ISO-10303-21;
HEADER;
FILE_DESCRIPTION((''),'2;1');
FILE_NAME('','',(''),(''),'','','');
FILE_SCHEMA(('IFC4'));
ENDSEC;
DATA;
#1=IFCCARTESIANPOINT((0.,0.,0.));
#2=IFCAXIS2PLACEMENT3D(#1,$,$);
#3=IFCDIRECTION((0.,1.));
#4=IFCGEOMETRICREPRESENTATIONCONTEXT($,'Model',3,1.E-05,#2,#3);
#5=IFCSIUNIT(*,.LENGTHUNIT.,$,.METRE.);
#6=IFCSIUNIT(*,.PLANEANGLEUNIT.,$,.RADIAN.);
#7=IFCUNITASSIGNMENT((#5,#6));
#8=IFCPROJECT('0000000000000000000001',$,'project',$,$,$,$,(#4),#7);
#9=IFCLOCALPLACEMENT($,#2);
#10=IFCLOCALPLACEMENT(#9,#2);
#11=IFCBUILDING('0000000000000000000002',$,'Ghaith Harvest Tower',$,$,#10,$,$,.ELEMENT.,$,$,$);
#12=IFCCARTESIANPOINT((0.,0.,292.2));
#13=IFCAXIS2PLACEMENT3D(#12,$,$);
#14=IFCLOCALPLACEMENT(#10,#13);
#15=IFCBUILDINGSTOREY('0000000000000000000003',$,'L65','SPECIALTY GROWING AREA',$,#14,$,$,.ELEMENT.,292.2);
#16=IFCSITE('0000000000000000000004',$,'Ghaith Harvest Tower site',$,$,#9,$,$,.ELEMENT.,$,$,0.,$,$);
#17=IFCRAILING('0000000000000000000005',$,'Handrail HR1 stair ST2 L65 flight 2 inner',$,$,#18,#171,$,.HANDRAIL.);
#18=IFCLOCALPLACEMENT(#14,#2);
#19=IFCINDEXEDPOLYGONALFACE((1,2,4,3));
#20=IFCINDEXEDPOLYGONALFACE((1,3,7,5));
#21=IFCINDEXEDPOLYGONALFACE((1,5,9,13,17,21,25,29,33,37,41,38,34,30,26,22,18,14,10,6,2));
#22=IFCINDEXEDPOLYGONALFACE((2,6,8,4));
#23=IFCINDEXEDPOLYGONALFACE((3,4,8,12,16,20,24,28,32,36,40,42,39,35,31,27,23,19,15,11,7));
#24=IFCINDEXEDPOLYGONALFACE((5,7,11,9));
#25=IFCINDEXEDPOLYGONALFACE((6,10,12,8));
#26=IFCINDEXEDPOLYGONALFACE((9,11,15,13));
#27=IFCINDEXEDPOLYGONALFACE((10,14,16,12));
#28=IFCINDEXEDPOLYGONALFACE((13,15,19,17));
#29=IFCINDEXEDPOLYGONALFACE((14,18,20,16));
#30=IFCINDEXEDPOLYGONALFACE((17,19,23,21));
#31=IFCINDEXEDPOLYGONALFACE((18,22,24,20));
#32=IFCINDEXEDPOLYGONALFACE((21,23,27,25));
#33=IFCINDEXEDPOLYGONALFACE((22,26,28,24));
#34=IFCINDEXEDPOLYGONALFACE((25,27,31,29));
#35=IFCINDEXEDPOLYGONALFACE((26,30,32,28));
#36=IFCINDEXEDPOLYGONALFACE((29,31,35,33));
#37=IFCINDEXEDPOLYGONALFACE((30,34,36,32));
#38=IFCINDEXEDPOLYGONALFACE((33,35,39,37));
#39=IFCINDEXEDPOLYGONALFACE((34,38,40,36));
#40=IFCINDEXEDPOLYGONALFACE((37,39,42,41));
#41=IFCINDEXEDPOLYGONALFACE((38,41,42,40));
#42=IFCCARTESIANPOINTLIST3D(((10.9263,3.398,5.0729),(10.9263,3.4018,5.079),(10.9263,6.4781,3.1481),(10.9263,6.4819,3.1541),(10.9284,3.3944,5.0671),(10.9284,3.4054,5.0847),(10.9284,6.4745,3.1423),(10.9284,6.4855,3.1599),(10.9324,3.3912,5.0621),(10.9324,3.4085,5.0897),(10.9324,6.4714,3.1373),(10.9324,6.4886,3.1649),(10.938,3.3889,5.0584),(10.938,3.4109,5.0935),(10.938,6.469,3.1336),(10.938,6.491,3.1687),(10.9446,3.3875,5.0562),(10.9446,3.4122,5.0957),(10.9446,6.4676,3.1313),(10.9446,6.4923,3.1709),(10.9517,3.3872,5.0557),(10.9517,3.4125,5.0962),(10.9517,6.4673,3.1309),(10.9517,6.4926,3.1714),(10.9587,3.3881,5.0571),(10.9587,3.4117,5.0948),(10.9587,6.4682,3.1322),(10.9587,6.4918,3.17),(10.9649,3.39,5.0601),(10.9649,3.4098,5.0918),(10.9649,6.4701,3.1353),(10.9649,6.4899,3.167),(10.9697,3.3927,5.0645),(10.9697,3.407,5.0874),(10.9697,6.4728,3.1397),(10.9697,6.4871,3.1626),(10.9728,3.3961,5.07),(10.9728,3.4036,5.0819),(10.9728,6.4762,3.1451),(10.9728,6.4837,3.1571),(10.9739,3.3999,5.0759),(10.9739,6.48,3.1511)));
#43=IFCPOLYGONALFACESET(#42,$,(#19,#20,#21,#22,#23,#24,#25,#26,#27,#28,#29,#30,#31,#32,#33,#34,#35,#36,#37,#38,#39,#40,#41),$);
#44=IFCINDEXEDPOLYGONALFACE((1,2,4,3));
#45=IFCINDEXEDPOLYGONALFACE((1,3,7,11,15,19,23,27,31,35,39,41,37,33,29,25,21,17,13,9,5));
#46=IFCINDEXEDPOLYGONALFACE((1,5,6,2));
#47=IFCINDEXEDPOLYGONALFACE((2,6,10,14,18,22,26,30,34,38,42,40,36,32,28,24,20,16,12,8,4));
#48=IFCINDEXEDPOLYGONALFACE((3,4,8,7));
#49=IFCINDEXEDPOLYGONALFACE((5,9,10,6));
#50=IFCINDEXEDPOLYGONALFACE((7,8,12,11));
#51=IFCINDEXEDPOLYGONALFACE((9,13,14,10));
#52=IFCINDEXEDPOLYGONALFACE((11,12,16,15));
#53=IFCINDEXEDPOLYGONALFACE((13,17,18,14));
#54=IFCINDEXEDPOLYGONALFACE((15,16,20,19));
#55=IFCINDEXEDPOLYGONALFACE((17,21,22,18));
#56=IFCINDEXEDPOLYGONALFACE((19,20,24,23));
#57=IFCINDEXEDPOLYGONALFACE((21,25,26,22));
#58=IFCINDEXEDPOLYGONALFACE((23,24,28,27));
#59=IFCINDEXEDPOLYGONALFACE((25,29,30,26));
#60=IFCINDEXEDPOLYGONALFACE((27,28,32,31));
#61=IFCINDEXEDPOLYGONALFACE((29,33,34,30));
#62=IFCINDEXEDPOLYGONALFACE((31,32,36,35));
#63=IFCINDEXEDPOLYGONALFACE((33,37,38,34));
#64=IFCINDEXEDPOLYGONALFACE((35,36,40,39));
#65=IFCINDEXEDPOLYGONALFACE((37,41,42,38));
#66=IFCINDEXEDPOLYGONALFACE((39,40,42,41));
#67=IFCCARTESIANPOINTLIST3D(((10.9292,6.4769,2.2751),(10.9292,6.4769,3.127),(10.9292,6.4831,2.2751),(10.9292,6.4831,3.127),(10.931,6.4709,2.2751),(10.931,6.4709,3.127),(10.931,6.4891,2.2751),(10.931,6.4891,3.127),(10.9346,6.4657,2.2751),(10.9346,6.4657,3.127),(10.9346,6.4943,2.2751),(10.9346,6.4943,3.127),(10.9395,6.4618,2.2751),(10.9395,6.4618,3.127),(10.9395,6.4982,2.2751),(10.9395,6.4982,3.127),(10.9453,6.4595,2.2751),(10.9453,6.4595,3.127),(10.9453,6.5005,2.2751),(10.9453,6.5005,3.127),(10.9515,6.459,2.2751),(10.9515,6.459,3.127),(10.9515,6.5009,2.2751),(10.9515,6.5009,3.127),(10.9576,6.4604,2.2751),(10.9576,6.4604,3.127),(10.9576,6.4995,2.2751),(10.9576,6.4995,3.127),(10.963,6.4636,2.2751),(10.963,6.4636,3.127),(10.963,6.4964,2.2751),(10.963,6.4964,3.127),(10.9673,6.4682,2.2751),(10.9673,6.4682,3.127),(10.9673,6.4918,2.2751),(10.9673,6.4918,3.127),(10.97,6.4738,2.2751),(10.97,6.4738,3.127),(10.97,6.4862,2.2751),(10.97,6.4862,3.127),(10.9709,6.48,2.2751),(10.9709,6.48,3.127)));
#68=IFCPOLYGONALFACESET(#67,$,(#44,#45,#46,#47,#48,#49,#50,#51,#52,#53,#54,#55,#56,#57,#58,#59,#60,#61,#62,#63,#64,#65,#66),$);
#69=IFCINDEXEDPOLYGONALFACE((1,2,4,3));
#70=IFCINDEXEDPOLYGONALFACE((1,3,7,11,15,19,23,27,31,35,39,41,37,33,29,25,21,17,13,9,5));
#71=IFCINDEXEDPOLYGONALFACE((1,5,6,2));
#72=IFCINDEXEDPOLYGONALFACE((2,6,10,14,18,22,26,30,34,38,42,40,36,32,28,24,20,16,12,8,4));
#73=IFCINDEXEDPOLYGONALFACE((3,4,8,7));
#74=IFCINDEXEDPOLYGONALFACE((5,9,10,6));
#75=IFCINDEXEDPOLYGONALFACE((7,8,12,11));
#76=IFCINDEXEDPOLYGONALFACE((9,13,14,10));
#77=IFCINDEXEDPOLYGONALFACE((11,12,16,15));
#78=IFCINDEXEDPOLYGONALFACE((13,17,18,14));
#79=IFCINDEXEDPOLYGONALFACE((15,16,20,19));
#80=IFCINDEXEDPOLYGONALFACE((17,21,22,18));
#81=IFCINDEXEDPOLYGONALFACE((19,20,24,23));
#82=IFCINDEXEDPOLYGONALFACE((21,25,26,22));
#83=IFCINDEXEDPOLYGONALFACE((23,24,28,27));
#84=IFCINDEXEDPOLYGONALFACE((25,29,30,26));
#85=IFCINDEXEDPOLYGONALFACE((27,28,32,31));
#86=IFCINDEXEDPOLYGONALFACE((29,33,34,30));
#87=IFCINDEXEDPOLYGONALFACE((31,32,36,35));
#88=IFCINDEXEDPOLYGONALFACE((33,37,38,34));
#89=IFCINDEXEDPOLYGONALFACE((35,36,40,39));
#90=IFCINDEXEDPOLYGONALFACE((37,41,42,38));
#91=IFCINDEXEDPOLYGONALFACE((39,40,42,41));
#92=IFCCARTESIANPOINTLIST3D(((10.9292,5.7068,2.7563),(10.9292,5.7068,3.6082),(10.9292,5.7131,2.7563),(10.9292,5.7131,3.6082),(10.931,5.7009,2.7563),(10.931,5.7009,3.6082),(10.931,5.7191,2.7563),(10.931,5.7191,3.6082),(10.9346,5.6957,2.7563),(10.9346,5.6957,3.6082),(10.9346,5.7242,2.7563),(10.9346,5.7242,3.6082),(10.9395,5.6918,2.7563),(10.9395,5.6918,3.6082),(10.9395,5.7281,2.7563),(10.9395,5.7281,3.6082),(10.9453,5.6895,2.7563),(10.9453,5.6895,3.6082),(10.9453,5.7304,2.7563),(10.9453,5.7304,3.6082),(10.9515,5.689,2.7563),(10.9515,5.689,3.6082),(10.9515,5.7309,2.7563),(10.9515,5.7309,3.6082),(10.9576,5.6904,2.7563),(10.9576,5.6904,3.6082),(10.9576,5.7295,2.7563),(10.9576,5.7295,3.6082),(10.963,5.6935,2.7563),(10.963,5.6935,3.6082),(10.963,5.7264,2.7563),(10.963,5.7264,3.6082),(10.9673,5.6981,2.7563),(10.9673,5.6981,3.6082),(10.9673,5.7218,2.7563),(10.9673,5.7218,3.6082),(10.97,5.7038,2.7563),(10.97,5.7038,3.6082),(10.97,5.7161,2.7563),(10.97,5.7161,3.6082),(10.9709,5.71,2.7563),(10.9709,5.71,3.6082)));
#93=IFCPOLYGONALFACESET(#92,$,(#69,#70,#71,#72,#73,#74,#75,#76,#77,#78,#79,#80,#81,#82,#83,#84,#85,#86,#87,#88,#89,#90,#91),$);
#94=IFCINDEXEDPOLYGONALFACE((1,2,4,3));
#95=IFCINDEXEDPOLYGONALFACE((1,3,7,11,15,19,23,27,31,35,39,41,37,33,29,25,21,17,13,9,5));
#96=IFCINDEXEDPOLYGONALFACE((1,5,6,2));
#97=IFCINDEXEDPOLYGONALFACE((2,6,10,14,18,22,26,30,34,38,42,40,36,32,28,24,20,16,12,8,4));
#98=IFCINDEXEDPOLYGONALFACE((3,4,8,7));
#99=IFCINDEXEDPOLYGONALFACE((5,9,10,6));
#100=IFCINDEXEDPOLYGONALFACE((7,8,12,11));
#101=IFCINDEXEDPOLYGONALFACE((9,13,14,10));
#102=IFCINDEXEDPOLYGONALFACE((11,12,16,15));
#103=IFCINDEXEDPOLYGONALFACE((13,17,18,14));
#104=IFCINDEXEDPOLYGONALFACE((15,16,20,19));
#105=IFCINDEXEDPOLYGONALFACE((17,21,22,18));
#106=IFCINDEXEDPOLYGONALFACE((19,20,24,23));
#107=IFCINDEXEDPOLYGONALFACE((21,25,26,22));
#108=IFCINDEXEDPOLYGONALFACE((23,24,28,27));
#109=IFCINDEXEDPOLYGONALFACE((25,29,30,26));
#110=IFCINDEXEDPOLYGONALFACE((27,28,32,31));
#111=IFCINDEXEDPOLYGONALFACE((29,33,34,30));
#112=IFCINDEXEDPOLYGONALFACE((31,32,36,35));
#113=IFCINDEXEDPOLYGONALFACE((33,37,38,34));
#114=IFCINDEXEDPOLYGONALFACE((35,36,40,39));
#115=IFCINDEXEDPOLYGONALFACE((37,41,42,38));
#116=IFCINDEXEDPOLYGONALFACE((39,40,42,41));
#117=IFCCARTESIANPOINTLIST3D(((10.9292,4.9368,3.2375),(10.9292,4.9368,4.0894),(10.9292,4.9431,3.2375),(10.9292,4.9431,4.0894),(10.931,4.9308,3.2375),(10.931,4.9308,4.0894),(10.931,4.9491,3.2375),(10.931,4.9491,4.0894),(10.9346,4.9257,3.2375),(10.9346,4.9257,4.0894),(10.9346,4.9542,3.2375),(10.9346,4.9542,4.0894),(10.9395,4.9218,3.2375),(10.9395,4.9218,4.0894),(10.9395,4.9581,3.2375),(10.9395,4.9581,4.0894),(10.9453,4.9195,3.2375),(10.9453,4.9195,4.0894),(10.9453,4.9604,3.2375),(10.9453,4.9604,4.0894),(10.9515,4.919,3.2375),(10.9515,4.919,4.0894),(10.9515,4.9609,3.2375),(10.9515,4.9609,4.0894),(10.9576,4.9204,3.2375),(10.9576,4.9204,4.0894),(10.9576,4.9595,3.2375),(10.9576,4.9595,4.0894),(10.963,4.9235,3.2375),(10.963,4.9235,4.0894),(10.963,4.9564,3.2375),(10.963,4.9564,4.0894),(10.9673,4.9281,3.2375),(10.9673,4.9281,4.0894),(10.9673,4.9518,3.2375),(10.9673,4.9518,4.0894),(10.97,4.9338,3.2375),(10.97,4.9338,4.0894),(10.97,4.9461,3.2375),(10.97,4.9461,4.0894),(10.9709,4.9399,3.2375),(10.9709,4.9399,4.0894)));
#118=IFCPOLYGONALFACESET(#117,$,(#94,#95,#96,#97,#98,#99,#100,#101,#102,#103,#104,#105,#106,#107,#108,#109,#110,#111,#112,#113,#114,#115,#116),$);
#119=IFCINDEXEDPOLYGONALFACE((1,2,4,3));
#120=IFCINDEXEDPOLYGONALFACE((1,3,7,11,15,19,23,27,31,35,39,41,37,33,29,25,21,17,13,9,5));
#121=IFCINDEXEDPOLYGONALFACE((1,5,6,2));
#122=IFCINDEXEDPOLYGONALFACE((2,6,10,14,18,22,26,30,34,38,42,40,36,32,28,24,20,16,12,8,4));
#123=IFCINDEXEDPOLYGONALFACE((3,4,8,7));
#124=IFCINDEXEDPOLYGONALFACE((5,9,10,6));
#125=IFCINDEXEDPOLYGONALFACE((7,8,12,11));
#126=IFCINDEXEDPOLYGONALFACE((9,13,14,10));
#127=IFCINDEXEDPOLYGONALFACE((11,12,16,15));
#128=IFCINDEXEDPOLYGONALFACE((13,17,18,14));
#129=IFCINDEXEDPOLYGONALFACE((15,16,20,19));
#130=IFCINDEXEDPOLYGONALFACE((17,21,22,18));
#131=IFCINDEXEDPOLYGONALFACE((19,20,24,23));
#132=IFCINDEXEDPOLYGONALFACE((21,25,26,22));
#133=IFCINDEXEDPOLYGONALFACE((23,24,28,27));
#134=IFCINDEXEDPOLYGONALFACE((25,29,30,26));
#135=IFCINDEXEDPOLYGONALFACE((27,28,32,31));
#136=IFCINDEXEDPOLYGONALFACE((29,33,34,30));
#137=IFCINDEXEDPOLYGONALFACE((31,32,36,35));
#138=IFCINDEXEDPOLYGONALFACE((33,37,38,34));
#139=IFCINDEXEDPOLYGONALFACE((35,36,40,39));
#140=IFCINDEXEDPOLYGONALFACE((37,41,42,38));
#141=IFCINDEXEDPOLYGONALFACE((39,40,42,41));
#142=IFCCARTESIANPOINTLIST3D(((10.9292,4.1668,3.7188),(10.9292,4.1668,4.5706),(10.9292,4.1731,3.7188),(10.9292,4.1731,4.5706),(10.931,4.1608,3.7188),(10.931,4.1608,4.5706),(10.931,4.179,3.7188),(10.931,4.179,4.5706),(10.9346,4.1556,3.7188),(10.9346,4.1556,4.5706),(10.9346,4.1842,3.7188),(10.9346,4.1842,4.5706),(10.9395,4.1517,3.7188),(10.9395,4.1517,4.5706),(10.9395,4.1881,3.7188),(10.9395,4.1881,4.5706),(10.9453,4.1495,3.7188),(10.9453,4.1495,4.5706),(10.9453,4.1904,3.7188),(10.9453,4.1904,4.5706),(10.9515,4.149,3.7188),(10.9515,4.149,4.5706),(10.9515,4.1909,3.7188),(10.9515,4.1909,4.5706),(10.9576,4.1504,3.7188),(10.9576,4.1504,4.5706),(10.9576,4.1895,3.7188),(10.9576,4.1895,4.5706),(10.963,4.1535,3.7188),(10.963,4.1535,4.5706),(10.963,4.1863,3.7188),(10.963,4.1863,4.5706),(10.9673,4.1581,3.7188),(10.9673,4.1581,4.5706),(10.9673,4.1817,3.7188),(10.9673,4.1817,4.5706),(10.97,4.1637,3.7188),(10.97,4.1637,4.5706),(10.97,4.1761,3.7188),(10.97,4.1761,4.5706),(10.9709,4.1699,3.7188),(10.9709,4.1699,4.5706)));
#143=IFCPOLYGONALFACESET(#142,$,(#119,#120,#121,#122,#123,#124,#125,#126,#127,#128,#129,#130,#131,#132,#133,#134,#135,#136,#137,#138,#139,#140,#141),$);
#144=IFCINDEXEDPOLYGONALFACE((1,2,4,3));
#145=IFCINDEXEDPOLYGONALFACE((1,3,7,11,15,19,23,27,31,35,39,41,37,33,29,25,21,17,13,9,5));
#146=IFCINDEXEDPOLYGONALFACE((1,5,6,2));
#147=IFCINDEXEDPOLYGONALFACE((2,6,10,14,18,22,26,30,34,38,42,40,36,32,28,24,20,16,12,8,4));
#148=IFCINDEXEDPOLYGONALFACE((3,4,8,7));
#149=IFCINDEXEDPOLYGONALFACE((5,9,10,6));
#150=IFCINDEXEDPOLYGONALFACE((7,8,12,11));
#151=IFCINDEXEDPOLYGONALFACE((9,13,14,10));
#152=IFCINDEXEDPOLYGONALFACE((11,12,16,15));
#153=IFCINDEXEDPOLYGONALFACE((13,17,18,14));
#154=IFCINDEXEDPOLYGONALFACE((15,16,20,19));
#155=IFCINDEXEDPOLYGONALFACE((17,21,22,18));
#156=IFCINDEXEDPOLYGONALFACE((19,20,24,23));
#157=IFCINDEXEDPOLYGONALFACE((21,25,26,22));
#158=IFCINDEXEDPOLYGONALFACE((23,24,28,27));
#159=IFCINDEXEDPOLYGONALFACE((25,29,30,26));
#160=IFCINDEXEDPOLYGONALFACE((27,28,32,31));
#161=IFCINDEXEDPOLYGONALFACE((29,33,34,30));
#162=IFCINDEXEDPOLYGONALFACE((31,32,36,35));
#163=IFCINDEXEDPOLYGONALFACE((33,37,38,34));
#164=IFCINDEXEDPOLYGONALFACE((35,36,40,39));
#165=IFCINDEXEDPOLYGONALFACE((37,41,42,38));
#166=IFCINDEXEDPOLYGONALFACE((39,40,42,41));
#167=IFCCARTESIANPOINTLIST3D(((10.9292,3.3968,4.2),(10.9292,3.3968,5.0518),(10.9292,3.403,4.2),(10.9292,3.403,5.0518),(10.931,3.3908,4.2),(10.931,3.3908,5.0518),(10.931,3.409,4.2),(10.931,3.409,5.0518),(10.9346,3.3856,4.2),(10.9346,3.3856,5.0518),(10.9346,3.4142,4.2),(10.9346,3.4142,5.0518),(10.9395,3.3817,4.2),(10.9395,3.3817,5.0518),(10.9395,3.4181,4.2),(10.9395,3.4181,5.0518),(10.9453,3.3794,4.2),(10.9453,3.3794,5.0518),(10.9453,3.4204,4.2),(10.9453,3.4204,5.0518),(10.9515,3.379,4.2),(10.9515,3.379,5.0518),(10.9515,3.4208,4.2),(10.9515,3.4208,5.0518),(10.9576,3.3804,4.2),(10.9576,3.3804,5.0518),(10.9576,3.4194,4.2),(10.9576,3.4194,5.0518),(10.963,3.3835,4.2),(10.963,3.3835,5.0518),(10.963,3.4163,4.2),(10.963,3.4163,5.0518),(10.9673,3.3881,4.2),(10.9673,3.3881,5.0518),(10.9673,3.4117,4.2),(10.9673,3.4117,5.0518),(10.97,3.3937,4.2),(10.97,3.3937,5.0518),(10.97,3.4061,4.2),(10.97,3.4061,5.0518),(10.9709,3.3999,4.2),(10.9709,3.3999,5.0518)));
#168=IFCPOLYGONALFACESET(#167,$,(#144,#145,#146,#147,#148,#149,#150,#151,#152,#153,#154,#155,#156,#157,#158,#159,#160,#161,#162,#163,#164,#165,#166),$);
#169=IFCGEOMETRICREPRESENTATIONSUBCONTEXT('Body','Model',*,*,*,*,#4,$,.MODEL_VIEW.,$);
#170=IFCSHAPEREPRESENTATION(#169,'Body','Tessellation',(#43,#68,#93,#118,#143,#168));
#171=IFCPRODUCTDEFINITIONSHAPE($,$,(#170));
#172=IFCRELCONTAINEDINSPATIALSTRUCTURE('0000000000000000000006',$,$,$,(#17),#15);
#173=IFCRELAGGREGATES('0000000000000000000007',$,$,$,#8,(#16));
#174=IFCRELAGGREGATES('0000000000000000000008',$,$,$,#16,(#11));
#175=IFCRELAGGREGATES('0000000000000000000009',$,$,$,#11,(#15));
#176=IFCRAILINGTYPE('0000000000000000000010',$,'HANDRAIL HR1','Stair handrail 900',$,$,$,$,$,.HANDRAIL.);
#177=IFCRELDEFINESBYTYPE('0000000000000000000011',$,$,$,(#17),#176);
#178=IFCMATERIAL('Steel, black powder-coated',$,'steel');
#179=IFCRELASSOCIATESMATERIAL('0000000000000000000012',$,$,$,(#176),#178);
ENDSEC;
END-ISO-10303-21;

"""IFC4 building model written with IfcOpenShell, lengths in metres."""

from ifc_helpers import new_model, si_unit, direction, frame, origin, origin_2d, place, context, subcontext, project, spatial, circle, extrude, material, type_object, element, save


model = new_model("IFC4")

# Units and contexts
model_context = context("Model", 3, precision=1e-05, world=origin(), true_north=direction((0.0, 1.0)))
body_context = subcontext(model_context, "Body", "Model", "MODEL_VIEW")
ifc_project = project(units=[si_unit("LENGTHUNIT", "METRE"), si_unit("PLANEANGLEUNIT", "RADIAN")], contexts=[model_context])

# Site, building, storey
site_placement = place(None, origin())
site = spatial("IfcSite", under=ifc_project, at=site_placement, Name="Ghaith Harvest Tower site", CompositionType="ELEMENT", RefElevation=0.0)
building_placement = place(site_placement, origin())
building = spatial("IfcBuilding", under=site, at=building_placement, Name="Ghaith Harvest Tower", CompositionType="ELEMENT")
storey_placement = place(building_placement, frame((0.0, 0.0, 292.2)))
storey = spatial("IfcBuildingStorey", under=building, at=storey_placement, Name="L65", Description="SPECIALTY GROWING AREA", CompositionType="ELEMENT", Elevation=292.2)

# Railing
ifc_material_1 = material(Name="Steel, black powder-coated", Category="steel")
railing_type = type_object("IfcRailingType", Name="HANDRAIL HR1", Description="Stair handrail 900", PredefinedType="HANDRAIL", material=ifc_material_1)
railing_1_placement = place(storey_placement, frame((10.95, 6.48, 2.2751)))
element("IfcRailing", 1, at=railing_1_placement, inside=storey, type_object=railing_type, Name="Handrail HR1 stair ST2 L65 flight 2 inner", PredefinedType="HANDRAIL", context=body_context, shape_type="SweptSolid", body=[
    extrude(circle(Radius=0.0239, at=origin_2d()), frame((0.0, 0.0, 0.876), z_axis=(0.0, -0.848029, 0.529951), x_axis=(1.0, 0.0, 0.0)), (0.0, 0.0, 1.0), 3.6321),
    extrude(circle(Radius=0.021, at=origin_2d()), origin(), (0.0, 0.0, 1.0), 0.8518),
    extrude(circle(Radius=0.021, at=origin_2d()), frame((0.0, -0.77, 0.4812)), (0.0, 0.0, 1.0), 0.8518),
    extrude(circle(Radius=0.021, at=origin_2d()), frame((0.0, -1.54, 0.9624)), (0.0, 0.0, 1.0), 0.8518),
    extrude(circle(Radius=0.021, at=origin_2d()), frame((0.0, -2.3101, 1.4436)), (0.0, 0.0, 1.0), 0.8518),
    extrude(circle(Radius=0.021, at=origin_2d()), frame((0.0, -3.0801, 1.9248)), (0.0, 0.0, 1.0), 0.8518),
])

save(model, "model.ifc")
